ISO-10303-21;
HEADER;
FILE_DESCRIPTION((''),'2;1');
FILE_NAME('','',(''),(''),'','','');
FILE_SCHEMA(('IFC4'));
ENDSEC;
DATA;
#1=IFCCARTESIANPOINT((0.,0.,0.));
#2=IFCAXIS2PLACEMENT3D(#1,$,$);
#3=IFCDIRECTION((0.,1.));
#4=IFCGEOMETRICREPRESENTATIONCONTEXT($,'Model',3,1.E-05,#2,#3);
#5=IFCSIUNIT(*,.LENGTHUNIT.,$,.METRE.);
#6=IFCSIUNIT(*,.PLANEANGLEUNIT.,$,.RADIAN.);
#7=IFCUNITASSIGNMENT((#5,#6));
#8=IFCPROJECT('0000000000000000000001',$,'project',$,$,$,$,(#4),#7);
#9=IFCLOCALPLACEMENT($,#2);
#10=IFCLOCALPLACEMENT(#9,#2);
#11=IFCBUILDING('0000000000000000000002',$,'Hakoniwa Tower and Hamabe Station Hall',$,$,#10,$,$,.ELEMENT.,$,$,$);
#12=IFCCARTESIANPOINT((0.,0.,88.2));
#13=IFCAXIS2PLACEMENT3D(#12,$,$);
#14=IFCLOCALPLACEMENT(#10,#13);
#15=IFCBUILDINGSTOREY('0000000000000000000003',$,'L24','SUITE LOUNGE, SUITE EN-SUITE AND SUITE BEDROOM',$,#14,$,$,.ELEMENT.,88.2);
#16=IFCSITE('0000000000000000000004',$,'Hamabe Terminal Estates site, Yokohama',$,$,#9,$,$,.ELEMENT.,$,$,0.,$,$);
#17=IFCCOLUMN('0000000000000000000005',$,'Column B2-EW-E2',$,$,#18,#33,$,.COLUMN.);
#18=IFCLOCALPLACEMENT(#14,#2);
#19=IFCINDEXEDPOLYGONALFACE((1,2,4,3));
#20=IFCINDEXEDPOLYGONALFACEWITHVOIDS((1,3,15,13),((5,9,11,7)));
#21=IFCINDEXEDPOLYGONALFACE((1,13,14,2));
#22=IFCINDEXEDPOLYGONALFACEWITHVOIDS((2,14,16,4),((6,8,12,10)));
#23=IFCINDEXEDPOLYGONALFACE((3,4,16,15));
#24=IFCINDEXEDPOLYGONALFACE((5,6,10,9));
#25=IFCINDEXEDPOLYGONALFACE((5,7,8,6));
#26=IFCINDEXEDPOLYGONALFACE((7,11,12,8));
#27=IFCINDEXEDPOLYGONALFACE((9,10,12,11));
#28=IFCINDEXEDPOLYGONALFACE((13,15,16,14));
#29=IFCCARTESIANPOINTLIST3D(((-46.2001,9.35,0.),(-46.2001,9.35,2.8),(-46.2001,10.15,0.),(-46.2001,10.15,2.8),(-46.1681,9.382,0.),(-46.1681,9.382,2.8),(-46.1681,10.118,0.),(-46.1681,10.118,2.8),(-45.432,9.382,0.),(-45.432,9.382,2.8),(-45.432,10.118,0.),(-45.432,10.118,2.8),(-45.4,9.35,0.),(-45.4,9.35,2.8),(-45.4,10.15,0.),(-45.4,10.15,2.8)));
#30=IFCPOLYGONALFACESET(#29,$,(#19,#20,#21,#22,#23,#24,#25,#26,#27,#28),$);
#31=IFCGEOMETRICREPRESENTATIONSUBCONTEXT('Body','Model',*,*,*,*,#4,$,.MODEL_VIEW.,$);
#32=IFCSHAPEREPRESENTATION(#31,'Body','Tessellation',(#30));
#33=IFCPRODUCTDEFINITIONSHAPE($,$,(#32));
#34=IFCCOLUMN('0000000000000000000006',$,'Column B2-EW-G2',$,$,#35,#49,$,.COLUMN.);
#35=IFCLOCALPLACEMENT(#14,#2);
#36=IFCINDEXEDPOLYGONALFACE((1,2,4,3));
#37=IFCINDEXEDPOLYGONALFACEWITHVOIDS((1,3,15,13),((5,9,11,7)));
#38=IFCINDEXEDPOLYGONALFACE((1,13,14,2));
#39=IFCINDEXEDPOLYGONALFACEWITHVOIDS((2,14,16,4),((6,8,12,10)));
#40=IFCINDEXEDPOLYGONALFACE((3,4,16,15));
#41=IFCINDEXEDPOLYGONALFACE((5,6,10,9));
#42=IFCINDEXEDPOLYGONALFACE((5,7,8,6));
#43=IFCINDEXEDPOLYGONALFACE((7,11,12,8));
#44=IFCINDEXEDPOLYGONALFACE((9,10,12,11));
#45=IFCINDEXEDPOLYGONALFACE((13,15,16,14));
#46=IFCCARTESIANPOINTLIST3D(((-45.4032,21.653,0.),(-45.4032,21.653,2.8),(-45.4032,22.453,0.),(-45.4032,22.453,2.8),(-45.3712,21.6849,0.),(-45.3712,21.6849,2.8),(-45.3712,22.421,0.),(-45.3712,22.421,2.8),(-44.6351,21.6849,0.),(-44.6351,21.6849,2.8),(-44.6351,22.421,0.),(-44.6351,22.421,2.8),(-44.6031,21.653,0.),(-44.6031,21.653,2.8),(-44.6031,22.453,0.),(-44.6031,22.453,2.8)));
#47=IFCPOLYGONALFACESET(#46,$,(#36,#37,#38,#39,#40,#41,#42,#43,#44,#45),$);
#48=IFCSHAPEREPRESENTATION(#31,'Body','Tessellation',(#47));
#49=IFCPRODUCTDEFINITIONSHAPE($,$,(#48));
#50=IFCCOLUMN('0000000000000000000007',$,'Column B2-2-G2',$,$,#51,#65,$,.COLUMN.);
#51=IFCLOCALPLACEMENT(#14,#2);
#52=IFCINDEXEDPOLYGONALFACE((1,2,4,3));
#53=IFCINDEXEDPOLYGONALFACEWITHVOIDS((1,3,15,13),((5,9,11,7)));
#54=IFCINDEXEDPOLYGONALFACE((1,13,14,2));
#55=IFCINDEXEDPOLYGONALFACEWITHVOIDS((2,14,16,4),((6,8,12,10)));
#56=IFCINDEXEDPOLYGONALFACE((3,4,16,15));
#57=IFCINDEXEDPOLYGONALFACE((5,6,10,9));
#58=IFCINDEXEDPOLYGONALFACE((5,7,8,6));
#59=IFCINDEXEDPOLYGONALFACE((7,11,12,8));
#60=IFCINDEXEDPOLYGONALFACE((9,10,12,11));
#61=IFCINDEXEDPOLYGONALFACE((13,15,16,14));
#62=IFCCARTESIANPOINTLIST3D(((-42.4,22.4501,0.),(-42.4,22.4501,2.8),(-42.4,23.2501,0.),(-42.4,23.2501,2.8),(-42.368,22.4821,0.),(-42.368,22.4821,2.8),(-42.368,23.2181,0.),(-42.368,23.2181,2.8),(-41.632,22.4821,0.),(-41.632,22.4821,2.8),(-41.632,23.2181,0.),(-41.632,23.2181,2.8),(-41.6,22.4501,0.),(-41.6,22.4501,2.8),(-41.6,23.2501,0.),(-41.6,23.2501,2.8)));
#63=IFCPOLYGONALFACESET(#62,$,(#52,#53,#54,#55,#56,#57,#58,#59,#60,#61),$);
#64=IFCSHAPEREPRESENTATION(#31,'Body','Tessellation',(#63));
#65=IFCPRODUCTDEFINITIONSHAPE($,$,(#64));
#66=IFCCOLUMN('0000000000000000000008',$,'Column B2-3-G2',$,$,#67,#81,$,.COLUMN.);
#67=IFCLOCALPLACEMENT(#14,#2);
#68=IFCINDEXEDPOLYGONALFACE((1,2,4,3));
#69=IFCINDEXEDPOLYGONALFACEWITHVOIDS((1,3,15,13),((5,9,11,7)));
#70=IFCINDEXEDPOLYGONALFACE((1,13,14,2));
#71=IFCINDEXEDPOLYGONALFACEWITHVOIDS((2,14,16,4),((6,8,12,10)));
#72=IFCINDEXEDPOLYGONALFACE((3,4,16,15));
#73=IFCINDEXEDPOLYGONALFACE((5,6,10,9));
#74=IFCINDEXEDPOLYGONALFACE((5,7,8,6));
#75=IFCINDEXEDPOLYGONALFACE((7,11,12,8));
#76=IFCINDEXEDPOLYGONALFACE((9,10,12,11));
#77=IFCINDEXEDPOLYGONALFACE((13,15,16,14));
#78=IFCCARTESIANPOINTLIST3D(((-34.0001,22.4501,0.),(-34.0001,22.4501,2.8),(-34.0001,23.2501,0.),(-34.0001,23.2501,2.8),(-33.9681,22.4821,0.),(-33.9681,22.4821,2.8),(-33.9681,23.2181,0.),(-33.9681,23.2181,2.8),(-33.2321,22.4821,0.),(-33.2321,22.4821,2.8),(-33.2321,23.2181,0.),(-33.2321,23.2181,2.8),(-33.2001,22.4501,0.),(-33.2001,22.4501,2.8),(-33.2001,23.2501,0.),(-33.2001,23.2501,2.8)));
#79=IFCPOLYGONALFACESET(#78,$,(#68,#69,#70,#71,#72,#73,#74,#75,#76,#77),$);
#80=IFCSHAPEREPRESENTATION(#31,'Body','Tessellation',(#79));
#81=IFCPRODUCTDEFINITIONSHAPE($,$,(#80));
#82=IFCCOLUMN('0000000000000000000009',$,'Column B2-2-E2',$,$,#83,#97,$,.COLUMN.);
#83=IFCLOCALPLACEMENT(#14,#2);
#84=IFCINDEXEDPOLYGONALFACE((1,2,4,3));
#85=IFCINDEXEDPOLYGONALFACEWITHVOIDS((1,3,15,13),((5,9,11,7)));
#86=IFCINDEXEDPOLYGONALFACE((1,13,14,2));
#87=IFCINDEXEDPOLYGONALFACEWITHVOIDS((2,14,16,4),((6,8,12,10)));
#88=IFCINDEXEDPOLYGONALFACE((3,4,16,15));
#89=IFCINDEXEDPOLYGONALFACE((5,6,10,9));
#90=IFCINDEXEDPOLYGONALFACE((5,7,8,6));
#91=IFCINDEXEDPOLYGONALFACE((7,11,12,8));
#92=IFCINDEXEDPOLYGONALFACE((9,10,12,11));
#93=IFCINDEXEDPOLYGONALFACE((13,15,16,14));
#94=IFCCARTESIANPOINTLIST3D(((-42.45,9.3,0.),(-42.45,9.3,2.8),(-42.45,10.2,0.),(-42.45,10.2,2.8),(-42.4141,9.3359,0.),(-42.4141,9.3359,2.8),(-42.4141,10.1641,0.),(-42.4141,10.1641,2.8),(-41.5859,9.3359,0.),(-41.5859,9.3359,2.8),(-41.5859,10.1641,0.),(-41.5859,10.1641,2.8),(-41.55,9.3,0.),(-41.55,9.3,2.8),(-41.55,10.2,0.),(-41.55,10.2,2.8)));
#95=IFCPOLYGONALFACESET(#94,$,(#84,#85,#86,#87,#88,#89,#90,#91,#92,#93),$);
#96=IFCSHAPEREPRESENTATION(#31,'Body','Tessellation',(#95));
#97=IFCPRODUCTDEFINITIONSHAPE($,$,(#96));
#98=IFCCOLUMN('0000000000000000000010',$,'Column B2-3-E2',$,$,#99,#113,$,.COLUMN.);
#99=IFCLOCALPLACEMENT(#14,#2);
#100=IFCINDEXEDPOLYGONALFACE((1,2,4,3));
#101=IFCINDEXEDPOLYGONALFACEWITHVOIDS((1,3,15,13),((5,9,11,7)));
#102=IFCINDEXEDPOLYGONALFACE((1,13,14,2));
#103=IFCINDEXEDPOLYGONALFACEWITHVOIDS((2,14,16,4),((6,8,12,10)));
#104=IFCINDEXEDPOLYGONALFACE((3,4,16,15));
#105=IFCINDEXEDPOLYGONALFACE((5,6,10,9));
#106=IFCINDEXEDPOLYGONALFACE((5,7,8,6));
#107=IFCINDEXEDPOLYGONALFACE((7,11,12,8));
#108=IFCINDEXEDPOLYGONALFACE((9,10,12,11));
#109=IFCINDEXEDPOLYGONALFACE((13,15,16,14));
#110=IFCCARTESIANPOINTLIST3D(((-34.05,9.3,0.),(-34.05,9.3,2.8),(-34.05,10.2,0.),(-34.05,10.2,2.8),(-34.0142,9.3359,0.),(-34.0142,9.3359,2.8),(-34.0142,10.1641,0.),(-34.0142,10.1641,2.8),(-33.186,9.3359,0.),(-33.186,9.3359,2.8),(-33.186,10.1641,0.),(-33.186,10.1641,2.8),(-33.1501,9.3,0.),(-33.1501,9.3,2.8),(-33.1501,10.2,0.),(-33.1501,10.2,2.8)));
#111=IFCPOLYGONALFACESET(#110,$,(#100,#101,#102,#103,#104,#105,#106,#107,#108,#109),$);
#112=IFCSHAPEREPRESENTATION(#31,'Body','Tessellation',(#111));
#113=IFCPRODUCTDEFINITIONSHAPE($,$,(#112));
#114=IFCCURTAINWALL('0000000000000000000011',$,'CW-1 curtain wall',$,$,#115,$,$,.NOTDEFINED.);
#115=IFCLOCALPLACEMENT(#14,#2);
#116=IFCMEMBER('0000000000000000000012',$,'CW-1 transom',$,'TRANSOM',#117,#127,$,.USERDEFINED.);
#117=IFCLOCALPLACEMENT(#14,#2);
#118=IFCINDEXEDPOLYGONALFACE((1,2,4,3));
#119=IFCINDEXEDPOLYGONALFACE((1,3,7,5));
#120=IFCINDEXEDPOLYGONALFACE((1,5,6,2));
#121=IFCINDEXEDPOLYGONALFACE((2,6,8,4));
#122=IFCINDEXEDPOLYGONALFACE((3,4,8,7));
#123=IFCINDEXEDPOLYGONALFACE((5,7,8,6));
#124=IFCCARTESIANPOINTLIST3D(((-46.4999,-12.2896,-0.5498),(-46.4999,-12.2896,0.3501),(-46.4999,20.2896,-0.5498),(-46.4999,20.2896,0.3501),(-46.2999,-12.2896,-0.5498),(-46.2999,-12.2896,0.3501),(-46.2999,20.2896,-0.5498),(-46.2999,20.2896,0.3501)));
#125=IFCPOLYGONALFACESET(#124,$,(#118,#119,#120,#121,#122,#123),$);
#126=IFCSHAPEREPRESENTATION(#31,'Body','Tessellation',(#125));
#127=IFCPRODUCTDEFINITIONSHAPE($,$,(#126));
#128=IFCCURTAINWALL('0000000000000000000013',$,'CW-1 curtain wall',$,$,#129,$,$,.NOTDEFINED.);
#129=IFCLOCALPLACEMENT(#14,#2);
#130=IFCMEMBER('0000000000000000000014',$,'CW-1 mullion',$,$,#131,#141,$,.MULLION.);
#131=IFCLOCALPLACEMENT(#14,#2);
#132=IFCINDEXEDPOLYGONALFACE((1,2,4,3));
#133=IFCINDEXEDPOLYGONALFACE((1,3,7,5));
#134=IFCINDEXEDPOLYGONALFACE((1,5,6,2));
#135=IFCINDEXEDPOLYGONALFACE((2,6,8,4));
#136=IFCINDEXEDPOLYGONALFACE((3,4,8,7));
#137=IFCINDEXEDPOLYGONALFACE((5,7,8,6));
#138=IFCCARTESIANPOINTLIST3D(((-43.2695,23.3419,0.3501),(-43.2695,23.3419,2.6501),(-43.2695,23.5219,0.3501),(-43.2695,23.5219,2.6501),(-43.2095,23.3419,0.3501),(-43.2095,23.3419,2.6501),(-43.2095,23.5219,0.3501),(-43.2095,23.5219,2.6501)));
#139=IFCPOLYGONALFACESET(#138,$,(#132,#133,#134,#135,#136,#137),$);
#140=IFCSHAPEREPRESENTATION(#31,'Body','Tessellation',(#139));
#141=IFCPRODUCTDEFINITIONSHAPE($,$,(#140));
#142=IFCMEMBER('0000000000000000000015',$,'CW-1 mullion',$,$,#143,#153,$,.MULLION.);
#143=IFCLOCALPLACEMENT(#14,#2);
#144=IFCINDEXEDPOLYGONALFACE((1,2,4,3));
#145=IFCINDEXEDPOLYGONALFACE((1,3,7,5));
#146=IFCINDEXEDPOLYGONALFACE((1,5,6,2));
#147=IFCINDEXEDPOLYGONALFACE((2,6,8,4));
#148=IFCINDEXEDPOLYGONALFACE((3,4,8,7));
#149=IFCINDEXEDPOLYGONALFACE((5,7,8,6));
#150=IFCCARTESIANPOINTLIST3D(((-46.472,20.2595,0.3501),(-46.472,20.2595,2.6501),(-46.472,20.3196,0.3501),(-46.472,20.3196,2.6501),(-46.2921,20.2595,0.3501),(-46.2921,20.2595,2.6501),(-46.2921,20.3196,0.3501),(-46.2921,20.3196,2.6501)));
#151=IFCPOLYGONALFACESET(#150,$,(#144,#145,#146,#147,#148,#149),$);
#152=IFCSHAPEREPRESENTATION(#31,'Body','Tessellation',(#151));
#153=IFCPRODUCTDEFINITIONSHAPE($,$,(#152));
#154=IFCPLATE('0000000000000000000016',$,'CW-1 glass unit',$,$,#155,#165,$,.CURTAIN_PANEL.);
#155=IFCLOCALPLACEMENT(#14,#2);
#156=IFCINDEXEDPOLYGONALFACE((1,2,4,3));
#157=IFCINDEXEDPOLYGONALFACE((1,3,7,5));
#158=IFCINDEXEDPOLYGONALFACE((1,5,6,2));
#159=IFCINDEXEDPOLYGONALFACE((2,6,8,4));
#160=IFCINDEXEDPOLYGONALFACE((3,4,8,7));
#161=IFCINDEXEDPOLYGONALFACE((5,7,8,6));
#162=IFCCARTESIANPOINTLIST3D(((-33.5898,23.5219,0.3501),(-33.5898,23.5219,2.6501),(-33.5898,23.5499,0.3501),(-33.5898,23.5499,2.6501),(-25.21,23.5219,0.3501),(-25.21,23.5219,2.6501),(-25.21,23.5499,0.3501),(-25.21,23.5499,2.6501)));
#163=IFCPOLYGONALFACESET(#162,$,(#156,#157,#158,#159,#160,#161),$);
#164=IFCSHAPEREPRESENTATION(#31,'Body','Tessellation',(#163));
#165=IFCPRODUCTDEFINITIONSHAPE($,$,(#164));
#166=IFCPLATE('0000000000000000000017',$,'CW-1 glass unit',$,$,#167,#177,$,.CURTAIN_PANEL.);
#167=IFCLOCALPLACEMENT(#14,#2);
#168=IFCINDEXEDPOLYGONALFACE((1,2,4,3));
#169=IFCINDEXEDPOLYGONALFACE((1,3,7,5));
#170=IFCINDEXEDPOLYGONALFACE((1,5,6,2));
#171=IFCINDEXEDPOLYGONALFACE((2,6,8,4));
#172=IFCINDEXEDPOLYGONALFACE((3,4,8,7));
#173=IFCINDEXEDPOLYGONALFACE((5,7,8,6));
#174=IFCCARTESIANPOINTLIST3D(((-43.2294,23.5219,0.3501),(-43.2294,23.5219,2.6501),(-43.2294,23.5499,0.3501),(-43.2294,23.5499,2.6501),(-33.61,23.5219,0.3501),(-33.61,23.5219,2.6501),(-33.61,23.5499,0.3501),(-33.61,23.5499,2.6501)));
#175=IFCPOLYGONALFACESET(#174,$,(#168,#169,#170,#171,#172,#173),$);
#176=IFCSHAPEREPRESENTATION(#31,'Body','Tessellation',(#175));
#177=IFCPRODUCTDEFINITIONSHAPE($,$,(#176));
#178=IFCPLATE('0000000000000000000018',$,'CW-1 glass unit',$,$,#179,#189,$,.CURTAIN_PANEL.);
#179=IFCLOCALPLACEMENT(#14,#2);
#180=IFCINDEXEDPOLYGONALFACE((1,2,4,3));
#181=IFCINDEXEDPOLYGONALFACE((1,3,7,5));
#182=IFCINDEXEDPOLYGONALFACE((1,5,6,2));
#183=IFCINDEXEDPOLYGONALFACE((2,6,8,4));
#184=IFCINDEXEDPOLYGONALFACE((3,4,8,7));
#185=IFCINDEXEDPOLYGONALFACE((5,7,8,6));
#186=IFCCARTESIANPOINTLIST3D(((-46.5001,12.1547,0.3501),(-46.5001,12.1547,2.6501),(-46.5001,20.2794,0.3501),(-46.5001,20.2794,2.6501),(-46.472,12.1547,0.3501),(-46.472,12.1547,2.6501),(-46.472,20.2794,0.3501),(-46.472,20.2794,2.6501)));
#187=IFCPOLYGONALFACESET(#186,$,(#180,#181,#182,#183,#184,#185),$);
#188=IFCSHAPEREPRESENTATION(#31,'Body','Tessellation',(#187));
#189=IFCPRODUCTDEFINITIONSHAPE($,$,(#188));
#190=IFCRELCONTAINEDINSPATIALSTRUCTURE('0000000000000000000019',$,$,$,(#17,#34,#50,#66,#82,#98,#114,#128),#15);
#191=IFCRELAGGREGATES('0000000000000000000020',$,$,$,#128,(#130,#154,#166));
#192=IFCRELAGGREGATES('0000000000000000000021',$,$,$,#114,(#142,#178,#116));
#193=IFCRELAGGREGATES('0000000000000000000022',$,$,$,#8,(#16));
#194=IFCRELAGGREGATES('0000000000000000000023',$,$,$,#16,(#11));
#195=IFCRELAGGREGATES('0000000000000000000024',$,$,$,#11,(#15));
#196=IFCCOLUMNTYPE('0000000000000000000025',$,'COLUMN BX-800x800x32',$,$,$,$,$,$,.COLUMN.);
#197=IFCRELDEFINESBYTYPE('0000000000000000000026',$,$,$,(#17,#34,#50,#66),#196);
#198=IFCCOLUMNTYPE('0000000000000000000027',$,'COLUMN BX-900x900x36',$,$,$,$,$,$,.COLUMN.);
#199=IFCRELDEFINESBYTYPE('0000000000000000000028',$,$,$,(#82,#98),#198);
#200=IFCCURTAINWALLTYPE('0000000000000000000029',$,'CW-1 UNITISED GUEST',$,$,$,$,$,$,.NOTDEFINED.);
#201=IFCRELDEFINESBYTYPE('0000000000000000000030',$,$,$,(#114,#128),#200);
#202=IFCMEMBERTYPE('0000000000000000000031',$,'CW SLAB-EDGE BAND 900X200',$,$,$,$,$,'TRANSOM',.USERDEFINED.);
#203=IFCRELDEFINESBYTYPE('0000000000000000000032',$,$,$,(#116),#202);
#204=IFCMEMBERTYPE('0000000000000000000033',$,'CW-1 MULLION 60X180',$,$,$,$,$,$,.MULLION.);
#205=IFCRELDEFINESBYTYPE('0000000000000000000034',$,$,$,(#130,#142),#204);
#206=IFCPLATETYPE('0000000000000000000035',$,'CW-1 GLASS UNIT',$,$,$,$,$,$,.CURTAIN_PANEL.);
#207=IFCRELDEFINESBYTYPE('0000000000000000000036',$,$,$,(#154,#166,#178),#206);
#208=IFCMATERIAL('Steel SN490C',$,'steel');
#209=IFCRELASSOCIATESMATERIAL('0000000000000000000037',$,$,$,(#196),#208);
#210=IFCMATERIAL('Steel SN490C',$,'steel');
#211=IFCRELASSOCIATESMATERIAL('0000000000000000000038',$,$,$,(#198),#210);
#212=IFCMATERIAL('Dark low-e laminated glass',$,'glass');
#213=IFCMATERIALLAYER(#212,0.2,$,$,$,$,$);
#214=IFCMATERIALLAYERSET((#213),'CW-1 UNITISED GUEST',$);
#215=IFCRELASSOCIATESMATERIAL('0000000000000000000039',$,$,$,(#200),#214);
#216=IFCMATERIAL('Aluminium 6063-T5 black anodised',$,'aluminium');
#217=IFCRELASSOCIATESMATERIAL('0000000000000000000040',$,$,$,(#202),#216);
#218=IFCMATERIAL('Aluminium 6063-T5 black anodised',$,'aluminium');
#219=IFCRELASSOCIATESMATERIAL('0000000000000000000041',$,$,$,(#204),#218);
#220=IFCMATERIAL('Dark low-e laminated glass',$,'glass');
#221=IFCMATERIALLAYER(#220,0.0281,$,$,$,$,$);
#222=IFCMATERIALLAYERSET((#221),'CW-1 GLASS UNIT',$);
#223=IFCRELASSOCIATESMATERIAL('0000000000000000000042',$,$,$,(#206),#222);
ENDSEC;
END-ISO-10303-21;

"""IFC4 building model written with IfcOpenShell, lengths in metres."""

from ifc_helpers import new_model, si_unit, direction, frame, origin, origin_2d, place, context, subcontext, project, spatial, rectangle, hollow_rectangle, extrude, material, layer, layer_set, material_profile, profile_set, type_object, element, aggregate, save


model = new_model("IFC4")

# Units and contexts
model_context = context("Model", 3, precision=1e-05, world=origin(), true_north=direction((0.0, 1.0)))
body_context = subcontext(model_context, "Body", "Model", "MODEL_VIEW")
ifc_project = project(units=[si_unit("LENGTHUNIT", "METRE"), si_unit("PLANEANGLEUNIT", "RADIAN")], contexts=[model_context])

# Site, building, storey
site_placement = place(None, origin())
site = spatial("IfcSite", under=ifc_project, at=site_placement, Name="Hamabe Terminal Estates site, Yokohama", CompositionType="ELEMENT", RefElevation=0.0)
building_placement = place(site_placement, origin())
building = spatial("IfcBuilding", under=site, at=building_placement, Name="Hakoniwa Tower and Hamabe Station Hall", CompositionType="ELEMENT")
storey_placement = place(building_placement, frame((0.0, 0.0, 88.2)))
storey = spatial("IfcBuildingStorey", under=building, at=storey_placement, Name="L24", Description="SUITE LOUNGE, SUITE EN-SUITE AND SUITE BEDROOM", CompositionType="ELEMENT", Elevation=88.2)

# Columns
ifc_material_1 = material(Name="Steel SN490C", Category="steel")
ifc_material_profile_1 = material_profile(ifc_material_1, hollow_rectangle(XDim=0.8, YDim=0.8, WallThickness=0.032, at=origin_2d()), Name="BX-800x800x32")
ifc_profile_set_1 = profile_set([ifc_material_profile_1], Name="Steel SN490C")
column_type_1 = type_object("IfcColumnType", Name="COLUMN BX-800x800x32", PredefinedType="COLUMN", material=ifc_profile_set_1)
for number, where, z_axis, x_axis, name in (
    (1, (-45.8, 9.75, 0.0), (0.0, 0.0, 1.0), (1.0, 0.0, 0.0), "Column B2-EW-E2"),
    (2, (-45.0032, 22.053, 0.0), (0.0, 0.0, 1.0), (1.0, 0.0, 0.0), "Column B2-EW-G2"),
    (3, (-42.0, 22.8501, 0.0), (0.0, 0.0, 1.0), (1.0, 0.0, 0.0), "Column B2-2-G2"),
    (4, (-33.6001, 22.8501, 0.0), (0.0, 0.0, 1.0), (1.0, 0.0, 0.0), "Column B2-3-G2"),
):
    element("IfcColumn", number, at=place(storey_placement, frame(where, z_axis=z_axis, x_axis=x_axis)), inside=storey, type_object=column_type_1, Name=name, PredefinedType="COLUMN", context=body_context, shape_type="SweptSolid", body=[
        extrude(hollow_rectangle(XDim=0.8, YDim=0.8, WallThickness=0.032, at=origin_2d()), origin(), (0.0, 0.0, 1.0), 2.8),
    ])
ifc_material_2 = material(Name="Steel SN490C", Category="steel")
ifc_material_profile_2 = material_profile(ifc_material_2, hollow_rectangle(XDim=0.8999, YDim=0.8999, WallThickness=0.0359, at=origin_2d()), Name="BX-900x900x36")
ifc_profile_set_2 = profile_set([ifc_material_profile_2], Name="Steel SN490C")
column_type_2 = type_object("IfcColumnType", Name="COLUMN BX-900x900x36", PredefinedType="COLUMN", material=ifc_profile_set_2)
for number, where, z_axis, x_axis, name in (
    (5, (-42.0, 9.75, 0.0), (0.0, 0.0, 1.0), (1.0, 0.0, 0.0), "Column B2-2-E2"),
    (6, (-33.6001, 9.75, 0.0), (0.0, 0.0, 1.0), (1.0, 0.0, 0.0), "Column B2-3-E2"),
):
    element("IfcColumn", number, at=place(storey_placement, frame(where, z_axis=z_axis, x_axis=x_axis)), inside=storey, type_object=column_type_2, Name=name, PredefinedType="COLUMN", context=body_context, shape_type="SweptSolid", body=[
        extrude(hollow_rectangle(XDim=0.8999, YDim=0.8999, WallThickness=0.0359, at=origin_2d()), origin(), (0.0, 0.0, 1.0), 2.8),
    ])

# Curtain walls, members
ifc_material_3 = material(Name="Dark low-e laminated glass", Category="glass")
ifc_layer_1 = layer(ifc_material_3, 0.2)
ifc_layer_set_1 = layer_set([ifc_layer_1], Name="CW-1 UNITISED GUEST")
curtain_wall_type = type_object("IfcCurtainWallType", Name="CW-1 UNITISED GUEST", PredefinedType="NOTDEFINED", material=ifc_layer_set_1)
curtain_wall_1_placement = place(storey_placement, origin())
curtain_wall_1 = element("IfcCurtainWall", 7, at=curtain_wall_1_placement, inside=storey, type_object=curtain_wall_type, Name="CW-1 curtain wall", PredefinedType="NOTDEFINED")
ifc_material_4 = material(Name="Aluminium 6063-T5 black anodised", Category="aluminium")
ifc_material_profile_3 = material_profile(ifc_material_4, rectangle(XDim=0.2, YDim=0.8999, at=origin_2d()), Name="CW SLAB-EDGE BAND 900X200")
ifc_profile_set_3 = profile_set([ifc_material_profile_3], Name="Aluminium 6063-T5 black anodised")
member_type_1 = type_object("IfcMemberType", Name="CW SLAB-EDGE BAND 900X200", ElementType="TRANSOM", PredefinedType="USERDEFINED", material=ifc_profile_set_3)
member_1_placement = place(storey_placement, frame((-46.3999, 20.2896, -0.0999), z_axis=(0.0, -1.0, 0.0), x_axis=(1.0, 0.0, 0.0)))
member_1 = element("IfcMember", 8, at=member_1_placement, type_object=member_type_1, Name="CW-1 transom", ObjectType="TRANSOM", PredefinedType="USERDEFINED", context=body_context, shape_type="SweptSolid", body=[
    extrude(rectangle(XDim=0.2, YDim=0.8999, at=origin_2d()), origin(), (0.0, 0.0, 1.0), 32.5791),
])
curtain_wall_2_placement = place(storey_placement, origin())
curtain_wall_2 = element("IfcCurtainWall", 9, at=curtain_wall_2_placement, inside=storey, type_object=curtain_wall_type, Name="CW-1 curtain wall", PredefinedType="NOTDEFINED")
ifc_material_5 = material(Name="Aluminium 6063-T5 black anodised", Category="aluminium")
ifc_material_profile_4 = material_profile(ifc_material_5, rectangle(XDim=0.0601, YDim=0.1799, at=origin_2d()), Name="CW-1 MULLION 60X180")
ifc_profile_set_4 = profile_set([ifc_material_profile_4], Name="Aluminium 6063-T5 black anodised")
member_type_2 = type_object("IfcMemberType", Name="CW-1 MULLION 60X180", PredefinedType="MULLION", material=ifc_profile_set_4)
member_2_placement = place(storey_placement, frame((-43.2395, 23.4319, 0.3501), z_axis=(0.0, 0.0, 1.0), x_axis=(-1.0, 0.0, 0.0)))
member_2 = element("IfcMember", 10, at=member_2_placement, type_object=member_type_2, Name="CW-1 mullion", PredefinedType="MULLION", context=body_context, shape_type="SweptSolid", body=[
    extrude(rectangle(XDim=0.0601, YDim=0.1799, at=origin_2d()), origin(), (0.0, 0.0, 1.0), 2.3),
])

# Member
member_3_placement = place(storey_placement, frame((-46.3821, 20.2896, 0.3501), z_axis=(0.0, 0.0, 1.0), x_axis=(0.0, -1.0, 0.0)))
member_3 = element("IfcMember", 11, at=member_3_placement, type_object=member_type_2, Name="CW-1 mullion", PredefinedType="MULLION", context=body_context, shape_type="SweptSolid", body=[
    extrude(rectangle(XDim=0.0601, YDim=0.1799, at=origin_2d()), origin(), (0.0, 0.0, 1.0), 2.3),
])

# Plates
ifc_material_6 = material(Name="Dark low-e laminated glass", Category="glass")
ifc_layer_2 = layer(ifc_material_6, 0.0281)
ifc_layer_set_2 = layer_set([ifc_layer_2], Name="CW-1 GLASS UNIT")
plate_type = type_object("IfcPlateType", Name="CW-1 GLASS UNIT", PredefinedType="CURTAIN_PANEL", material=ifc_layer_set_2)
plate_1_placement = place(storey_placement, frame((-29.3999, 23.5359, 0.3501), z_axis=(0.0, 0.0, 1.0), x_axis=(-1.0, 0.0, 0.0)))
plate_1 = element("IfcPlate", 12, at=plate_1_placement, type_object=plate_type, Name="CW-1 glass unit", PredefinedType="CURTAIN_PANEL", context=body_context, shape_type="SweptSolid", body=[
    extrude(rectangle(XDim=8.3799, YDim=0.0281, at=origin_2d()), origin(), (0.0, 0.0, 1.0), 2.3),
])
plate_2_placement = place(storey_placement, frame((-38.4197, 23.5359, 0.3501), z_axis=(0.0, 0.0, 1.0), x_axis=(-1.0, 0.0, 0.0)))
plate_2 = element("IfcPlate", 13, at=plate_2_placement, type_object=plate_type, Name="CW-1 glass unit", PredefinedType="CURTAIN_PANEL", context=body_context, shape_type="SweptSolid", body=[
    extrude(rectangle(XDim=9.6194, YDim=0.0281, at=origin_2d()), origin(), (0.0, 0.0, 1.0), 2.3),
])
aggregate(curtain_wall_2, [member_2, plate_1, plate_2])
plate_3_placement = place(storey_placement, frame((-46.4861, 16.217, 0.3501), z_axis=(0.0, 0.0, 1.0), x_axis=(0.0, -1.0, 0.0)))
plate_3 = element("IfcPlate", 14, at=plate_3_placement, type_object=plate_type, Name="CW-1 glass unit", PredefinedType="CURTAIN_PANEL", context=body_context, shape_type="SweptSolid", body=[
    extrude(rectangle(XDim=8.1248, YDim=0.0281, at=origin_2d()), origin(), (0.0, 0.0, 1.0), 2.3),
])
aggregate(curtain_wall_1, [member_3, plate_3, member_1])

save(model, "model.ifc")
